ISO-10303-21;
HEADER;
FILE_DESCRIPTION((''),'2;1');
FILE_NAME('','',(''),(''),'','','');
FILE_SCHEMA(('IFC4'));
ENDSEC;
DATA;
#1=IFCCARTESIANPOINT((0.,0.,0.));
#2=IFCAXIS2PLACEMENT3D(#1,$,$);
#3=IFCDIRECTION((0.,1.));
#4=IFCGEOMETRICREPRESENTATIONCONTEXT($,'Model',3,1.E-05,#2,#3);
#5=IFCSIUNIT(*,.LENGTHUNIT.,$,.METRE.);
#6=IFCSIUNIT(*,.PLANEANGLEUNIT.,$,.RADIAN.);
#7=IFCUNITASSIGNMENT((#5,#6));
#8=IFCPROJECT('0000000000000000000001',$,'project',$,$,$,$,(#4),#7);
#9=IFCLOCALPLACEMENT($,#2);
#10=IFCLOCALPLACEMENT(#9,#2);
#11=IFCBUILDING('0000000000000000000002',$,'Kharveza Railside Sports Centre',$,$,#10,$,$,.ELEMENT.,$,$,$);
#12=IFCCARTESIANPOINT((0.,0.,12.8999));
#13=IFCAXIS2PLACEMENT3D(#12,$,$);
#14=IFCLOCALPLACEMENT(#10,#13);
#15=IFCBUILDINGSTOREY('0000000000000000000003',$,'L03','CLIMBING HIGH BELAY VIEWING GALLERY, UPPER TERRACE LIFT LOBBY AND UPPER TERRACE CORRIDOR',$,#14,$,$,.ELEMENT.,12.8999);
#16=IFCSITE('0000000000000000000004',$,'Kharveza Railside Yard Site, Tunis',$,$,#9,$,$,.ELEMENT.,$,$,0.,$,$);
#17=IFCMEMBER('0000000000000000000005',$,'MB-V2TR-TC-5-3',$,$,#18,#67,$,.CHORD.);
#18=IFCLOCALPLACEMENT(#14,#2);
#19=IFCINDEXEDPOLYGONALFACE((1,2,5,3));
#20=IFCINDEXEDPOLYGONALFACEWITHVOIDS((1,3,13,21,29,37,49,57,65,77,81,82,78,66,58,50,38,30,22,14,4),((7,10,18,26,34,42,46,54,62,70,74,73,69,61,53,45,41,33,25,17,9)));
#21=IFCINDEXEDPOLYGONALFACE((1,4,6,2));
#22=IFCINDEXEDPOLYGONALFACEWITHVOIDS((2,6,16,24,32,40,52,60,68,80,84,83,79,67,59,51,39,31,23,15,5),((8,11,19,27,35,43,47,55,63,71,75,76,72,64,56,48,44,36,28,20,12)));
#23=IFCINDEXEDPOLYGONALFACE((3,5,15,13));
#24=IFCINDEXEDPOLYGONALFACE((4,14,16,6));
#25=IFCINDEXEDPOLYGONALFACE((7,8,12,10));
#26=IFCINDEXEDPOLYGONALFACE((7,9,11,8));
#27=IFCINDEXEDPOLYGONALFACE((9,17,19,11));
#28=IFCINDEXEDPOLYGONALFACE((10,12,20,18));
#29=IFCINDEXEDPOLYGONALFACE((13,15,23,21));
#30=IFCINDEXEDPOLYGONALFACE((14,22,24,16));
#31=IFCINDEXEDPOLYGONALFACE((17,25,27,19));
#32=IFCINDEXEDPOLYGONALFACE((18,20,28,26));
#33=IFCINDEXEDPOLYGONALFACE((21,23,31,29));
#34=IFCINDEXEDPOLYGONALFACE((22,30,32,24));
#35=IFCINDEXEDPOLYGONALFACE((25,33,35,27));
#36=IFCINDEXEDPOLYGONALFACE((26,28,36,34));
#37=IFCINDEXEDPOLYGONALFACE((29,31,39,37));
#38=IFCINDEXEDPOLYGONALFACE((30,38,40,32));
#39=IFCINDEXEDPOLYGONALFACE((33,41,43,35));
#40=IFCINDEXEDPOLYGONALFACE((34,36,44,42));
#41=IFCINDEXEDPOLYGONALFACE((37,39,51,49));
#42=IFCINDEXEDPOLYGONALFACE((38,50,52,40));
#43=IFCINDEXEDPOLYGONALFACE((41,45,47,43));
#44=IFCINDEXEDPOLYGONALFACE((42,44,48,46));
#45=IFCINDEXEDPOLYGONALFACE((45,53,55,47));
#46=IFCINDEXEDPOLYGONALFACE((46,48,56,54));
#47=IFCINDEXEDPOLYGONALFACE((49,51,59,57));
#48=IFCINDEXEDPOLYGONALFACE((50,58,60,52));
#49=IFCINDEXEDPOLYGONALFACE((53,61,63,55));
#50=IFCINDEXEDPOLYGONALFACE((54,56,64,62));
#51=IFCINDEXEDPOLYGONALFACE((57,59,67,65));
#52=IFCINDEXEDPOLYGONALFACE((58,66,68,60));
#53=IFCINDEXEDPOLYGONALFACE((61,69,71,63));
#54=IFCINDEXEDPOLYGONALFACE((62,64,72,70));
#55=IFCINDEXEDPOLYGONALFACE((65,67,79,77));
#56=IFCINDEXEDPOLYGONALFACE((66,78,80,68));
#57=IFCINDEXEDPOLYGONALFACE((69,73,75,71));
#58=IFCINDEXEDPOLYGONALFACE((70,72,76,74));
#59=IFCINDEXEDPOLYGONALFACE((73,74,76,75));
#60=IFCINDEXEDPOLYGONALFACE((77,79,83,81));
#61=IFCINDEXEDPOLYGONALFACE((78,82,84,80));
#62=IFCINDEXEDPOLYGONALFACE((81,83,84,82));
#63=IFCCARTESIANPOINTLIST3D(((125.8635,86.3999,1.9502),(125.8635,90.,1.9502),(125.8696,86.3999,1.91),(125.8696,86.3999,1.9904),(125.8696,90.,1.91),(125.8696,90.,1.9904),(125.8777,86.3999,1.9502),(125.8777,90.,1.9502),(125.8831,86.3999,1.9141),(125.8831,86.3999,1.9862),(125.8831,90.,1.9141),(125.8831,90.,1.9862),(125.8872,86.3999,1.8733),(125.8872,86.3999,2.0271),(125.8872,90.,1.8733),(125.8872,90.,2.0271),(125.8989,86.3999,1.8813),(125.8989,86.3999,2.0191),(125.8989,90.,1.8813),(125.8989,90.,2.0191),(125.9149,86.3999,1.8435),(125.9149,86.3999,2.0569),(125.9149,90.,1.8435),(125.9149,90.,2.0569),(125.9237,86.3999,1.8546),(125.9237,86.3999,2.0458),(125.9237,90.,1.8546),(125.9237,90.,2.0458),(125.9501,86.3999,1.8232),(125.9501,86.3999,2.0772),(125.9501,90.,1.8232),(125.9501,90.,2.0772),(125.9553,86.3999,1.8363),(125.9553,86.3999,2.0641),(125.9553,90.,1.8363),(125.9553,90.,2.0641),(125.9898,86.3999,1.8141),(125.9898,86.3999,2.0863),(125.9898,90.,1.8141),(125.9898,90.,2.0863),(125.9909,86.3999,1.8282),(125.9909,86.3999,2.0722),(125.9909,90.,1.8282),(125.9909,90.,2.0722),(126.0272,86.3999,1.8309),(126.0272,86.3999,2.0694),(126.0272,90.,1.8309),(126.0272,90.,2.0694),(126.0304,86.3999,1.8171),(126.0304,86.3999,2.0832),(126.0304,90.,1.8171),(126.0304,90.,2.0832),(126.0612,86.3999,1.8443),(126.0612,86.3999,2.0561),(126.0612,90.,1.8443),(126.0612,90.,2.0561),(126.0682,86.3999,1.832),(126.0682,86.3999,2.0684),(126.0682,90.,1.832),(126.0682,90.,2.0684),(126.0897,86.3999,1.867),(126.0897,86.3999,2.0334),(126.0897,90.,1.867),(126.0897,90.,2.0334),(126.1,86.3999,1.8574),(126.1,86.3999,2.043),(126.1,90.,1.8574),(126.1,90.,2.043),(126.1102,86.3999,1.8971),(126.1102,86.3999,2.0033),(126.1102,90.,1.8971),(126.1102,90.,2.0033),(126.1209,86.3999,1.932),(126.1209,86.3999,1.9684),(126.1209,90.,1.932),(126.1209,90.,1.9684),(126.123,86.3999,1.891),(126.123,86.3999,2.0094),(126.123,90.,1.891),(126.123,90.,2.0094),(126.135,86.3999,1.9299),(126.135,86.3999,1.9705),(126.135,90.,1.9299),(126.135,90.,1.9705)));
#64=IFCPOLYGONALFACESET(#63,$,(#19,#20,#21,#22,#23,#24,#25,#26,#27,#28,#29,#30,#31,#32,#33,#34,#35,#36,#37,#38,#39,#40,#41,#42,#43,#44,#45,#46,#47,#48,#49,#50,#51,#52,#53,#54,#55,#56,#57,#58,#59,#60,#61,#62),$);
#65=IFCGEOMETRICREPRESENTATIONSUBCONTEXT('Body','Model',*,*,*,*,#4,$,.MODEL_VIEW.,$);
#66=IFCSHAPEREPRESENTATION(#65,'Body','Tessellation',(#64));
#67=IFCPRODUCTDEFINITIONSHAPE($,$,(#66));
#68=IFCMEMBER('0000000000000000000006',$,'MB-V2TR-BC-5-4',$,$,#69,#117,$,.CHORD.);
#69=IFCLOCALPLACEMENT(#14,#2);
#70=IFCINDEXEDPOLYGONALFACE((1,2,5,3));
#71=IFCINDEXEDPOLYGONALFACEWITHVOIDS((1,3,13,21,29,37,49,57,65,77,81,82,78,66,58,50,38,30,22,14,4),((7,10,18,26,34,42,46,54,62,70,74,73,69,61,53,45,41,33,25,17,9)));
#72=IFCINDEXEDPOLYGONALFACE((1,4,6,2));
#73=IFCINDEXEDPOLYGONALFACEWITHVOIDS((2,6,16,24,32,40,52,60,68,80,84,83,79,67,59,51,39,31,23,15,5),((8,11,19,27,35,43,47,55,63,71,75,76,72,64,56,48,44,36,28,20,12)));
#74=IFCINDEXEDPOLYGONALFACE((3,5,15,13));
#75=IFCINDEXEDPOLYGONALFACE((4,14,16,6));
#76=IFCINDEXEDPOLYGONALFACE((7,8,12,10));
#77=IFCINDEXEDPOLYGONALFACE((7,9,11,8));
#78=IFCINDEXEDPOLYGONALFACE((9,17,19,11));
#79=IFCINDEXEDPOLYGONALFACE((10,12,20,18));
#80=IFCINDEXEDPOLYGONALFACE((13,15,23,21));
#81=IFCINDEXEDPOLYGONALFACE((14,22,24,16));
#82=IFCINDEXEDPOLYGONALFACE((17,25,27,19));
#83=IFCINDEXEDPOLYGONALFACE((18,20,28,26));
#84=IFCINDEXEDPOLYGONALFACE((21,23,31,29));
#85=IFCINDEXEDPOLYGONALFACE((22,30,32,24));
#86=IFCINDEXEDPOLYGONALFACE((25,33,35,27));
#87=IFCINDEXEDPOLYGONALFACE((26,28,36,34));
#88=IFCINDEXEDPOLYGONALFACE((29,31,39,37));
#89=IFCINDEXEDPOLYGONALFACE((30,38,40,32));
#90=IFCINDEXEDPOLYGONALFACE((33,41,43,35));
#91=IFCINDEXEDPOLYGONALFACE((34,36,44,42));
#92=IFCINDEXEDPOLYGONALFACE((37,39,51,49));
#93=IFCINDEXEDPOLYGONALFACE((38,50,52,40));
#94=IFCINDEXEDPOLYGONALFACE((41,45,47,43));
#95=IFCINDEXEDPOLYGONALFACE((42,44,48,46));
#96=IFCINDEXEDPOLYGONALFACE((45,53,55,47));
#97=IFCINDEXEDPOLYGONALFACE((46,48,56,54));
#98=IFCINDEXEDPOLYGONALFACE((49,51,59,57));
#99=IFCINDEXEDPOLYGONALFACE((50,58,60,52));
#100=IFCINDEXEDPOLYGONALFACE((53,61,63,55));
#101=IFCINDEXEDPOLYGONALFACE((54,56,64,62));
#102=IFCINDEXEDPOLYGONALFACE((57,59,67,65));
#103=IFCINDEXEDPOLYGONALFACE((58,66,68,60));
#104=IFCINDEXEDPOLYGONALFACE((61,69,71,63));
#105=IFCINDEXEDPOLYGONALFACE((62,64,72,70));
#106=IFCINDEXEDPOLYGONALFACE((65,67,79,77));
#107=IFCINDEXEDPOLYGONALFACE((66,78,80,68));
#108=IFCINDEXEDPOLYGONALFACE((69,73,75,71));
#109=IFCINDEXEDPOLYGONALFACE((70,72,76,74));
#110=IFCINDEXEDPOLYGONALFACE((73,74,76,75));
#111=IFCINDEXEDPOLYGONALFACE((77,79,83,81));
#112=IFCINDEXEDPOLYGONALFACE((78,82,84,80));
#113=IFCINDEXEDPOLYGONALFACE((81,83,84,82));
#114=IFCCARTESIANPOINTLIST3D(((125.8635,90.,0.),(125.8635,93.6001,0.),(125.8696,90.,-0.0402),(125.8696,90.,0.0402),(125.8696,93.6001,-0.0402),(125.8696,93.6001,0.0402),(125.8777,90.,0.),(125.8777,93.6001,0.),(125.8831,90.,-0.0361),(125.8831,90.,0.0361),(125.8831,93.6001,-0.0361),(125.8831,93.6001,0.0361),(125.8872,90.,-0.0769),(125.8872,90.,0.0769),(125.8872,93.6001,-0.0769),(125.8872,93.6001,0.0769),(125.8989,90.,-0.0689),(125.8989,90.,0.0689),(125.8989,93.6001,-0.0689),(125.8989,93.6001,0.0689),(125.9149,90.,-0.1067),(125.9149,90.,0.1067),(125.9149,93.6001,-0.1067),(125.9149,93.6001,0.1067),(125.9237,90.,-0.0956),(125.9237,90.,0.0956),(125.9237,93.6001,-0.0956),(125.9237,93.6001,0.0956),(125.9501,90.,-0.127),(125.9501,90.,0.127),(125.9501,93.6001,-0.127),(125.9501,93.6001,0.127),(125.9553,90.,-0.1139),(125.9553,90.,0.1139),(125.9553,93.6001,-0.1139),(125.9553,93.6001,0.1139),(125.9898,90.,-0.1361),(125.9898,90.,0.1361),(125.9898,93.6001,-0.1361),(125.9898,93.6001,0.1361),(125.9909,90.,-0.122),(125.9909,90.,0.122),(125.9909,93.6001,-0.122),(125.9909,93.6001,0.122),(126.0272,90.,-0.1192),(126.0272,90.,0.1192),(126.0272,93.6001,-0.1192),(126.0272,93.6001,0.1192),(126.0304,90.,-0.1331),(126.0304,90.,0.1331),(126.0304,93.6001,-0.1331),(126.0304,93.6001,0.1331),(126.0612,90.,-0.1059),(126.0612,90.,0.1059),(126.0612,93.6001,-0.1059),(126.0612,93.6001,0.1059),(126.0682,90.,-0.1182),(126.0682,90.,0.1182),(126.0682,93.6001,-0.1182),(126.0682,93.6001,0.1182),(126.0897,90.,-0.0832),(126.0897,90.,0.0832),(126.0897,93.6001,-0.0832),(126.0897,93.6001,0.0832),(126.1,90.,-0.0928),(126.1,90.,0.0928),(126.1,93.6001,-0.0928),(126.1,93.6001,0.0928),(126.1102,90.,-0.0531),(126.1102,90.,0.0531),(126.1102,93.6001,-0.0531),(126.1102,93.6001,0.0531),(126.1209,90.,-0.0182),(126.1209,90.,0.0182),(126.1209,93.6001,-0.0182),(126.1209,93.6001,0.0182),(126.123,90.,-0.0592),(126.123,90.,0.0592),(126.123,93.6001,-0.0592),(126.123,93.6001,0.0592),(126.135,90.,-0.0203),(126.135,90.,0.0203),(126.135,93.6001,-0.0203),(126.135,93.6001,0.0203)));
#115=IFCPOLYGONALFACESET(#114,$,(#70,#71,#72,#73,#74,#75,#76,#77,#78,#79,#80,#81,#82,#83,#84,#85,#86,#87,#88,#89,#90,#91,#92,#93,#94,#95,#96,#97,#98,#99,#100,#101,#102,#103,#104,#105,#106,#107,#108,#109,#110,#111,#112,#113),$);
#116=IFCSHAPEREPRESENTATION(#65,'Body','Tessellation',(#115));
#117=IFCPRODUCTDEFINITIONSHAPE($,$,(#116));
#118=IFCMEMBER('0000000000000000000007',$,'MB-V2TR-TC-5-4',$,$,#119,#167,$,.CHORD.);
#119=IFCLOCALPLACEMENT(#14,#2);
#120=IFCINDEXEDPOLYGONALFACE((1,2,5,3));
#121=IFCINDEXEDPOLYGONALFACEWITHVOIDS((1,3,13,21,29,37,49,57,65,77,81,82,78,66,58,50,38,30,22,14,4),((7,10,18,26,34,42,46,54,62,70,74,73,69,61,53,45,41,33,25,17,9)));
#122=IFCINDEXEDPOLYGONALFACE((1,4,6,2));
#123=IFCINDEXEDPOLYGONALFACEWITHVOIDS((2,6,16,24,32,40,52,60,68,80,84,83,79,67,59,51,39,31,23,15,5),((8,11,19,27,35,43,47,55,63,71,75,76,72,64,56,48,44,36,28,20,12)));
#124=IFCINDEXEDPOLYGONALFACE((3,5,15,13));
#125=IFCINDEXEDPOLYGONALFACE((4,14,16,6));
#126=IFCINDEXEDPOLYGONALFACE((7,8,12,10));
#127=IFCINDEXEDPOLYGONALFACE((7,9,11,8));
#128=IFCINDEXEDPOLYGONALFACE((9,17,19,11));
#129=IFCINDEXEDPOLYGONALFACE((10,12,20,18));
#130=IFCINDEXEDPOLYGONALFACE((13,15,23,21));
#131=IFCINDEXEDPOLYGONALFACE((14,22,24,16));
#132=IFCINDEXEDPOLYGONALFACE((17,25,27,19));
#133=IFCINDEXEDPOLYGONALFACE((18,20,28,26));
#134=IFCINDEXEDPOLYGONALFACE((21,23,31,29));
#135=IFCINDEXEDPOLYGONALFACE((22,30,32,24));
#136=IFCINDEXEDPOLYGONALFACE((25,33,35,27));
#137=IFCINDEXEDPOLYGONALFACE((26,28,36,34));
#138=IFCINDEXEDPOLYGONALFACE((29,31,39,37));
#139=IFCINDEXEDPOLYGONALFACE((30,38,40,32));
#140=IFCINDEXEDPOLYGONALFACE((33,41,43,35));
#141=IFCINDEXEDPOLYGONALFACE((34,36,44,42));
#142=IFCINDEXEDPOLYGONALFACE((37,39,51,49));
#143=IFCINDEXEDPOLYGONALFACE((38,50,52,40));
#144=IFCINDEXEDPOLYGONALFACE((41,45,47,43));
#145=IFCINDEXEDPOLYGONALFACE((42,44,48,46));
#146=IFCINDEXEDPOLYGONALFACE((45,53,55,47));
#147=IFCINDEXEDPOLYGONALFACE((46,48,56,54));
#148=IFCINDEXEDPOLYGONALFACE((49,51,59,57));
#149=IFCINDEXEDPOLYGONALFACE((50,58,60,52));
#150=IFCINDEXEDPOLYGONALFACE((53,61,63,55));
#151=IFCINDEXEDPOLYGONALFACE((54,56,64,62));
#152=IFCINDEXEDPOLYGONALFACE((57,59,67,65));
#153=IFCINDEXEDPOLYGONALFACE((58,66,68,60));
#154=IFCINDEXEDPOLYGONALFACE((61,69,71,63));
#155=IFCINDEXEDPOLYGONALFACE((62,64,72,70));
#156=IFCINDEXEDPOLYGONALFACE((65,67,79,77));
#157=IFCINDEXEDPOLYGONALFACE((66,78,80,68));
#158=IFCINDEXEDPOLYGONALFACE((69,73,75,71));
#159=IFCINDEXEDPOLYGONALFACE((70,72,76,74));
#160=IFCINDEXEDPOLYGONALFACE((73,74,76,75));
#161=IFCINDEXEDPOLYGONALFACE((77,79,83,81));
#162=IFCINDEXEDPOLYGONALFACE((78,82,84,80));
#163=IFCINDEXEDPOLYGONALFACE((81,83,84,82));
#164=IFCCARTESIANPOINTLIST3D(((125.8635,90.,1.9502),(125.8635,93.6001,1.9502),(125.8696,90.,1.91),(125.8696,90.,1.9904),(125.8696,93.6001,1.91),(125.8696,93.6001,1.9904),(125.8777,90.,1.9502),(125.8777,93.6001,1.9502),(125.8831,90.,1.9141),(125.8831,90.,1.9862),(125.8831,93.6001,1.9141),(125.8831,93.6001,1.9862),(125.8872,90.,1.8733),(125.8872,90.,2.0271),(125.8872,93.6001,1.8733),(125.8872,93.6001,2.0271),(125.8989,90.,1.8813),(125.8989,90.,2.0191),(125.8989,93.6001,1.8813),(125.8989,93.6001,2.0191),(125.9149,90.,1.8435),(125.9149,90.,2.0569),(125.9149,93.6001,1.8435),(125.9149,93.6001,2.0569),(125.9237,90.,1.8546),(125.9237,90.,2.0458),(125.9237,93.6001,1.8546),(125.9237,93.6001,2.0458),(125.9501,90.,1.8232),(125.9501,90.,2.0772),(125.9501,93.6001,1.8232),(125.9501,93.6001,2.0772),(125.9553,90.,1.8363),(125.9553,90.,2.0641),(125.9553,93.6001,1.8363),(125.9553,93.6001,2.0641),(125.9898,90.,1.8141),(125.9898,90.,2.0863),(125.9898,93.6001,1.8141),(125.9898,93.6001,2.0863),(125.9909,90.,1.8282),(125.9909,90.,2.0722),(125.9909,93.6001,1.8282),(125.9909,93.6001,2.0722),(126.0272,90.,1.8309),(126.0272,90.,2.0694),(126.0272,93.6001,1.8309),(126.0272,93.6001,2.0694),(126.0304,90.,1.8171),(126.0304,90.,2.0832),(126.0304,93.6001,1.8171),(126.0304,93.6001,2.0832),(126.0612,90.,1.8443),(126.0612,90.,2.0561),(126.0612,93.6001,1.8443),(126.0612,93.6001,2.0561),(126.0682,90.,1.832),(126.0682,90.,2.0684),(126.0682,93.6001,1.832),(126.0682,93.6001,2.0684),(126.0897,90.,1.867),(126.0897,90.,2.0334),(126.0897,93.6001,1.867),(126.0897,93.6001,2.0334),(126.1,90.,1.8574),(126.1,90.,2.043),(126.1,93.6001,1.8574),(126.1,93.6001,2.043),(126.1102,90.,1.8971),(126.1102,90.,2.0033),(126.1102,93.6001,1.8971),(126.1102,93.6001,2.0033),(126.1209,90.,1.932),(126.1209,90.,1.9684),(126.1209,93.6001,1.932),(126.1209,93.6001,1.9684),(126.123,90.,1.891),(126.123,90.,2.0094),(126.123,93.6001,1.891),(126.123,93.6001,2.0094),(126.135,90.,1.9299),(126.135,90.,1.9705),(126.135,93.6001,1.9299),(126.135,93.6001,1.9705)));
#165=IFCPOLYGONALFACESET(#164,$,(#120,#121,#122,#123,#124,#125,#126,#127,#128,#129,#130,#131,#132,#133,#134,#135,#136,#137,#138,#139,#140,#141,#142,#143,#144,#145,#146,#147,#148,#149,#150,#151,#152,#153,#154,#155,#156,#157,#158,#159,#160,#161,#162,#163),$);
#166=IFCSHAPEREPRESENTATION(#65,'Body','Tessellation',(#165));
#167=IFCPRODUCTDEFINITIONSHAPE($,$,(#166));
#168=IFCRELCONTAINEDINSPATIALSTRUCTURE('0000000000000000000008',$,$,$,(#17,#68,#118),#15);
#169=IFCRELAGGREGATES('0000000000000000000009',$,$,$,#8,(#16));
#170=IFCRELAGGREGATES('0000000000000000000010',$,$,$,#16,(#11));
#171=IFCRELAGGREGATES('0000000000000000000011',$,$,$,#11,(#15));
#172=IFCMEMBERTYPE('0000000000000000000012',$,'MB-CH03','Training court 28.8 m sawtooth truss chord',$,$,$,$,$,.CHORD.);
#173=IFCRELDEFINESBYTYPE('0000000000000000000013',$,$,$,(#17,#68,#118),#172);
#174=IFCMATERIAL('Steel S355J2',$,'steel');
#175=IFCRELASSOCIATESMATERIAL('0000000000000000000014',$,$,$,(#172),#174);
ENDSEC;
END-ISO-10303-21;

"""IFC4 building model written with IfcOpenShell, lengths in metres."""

from ifc_helpers import new_model, si_unit, direction, frame, origin, origin_2d, place, context, subcontext, project, spatial, hollow_circle, extrude, material, material_profile, profile_set, type_object, element, save


model = new_model("IFC4")

# Units and contexts
model_context = context("Model", 3, precision=1e-05, world=origin(), true_north=direction((0.0, 1.0)))
body_context = subcontext(model_context, "Body", "Model", "MODEL_VIEW")
ifc_project = project(units=[si_unit("LENGTHUNIT", "METRE"), si_unit("PLANEANGLEUNIT", "RADIAN")], contexts=[model_context])

# Site, building, storey
site_placement = place(None, origin())
site = spatial("IfcSite", under=ifc_project, at=site_placement, Name="Kharveza Railside Yard Site, Tunis", CompositionType="ELEMENT", RefElevation=0.0)
building_placement = place(site_placement, origin())
building = spatial("IfcBuilding", under=site, at=building_placement, Name="Kharveza Railside Sports Centre", CompositionType="ELEMENT")
storey_placement = place(building_placement, frame((0.0, 0.0, 12.8999)))
storey = spatial("IfcBuildingStorey", under=building, at=storey_placement, Name="L03", Description="CLIMBING HIGH BELAY VIEWING GALLERY, UPPER TERRACE LIFT LOBBY AND UPPER TERRACE CORRIDOR", CompositionType="ELEMENT", Elevation=12.8999)

# Shared definitions
ifc_material_1 = material(Name="Steel S355J2", Category="steel")

# Members
ifc_material_profile_1 = material_profile(ifc_material_1, hollow_circle(Radius=0.1365, WallThickness=0.0142, at=origin_2d()), Name="CHS 273.0x14.2")
ifc_profile_set_1 = profile_set([ifc_material_profile_1], Name="Steel S355J2")
member_type_1 = type_object("IfcMemberType", Name="MB-CH03", Description="Training court 28.8 m sawtooth truss chord", PredefinedType="CHORD", material=ifc_profile_set_1)
for number, where, z_axis, x_axis, name in (
    (1, (126.0, 86.3999, 1.9502), (0.0, 1.0, 0.0), (-1.0, 0.0, 0.0), "MB-V2TR-TC-5-3"),
    (2, (126.0, 90.0, 0.0), (0.0, 1.0, 0.0), (-1.0, 0.0, 0.0), "MB-V2TR-BC-5-4"),
    (3, (126.0, 90.0, 1.9502), (0.0, 1.0, 0.0), (-1.0, 0.0, 0.0), "MB-V2TR-TC-5-4"),
):
    element("IfcMember", number, at=place(storey_placement, frame(where, z_axis=z_axis, x_axis=x_axis)), inside=storey, type_object=member_type_1, Name=name, PredefinedType="CHORD", context=body_context, shape_type="SweptSolid", body=[
        extrude(hollow_circle(Radius=0.1365, WallThickness=0.0142, at=origin_2d()), origin(), (0.0, 0.0, 1.0), 3.6001),
    ])

save(model, "model.ifc")
